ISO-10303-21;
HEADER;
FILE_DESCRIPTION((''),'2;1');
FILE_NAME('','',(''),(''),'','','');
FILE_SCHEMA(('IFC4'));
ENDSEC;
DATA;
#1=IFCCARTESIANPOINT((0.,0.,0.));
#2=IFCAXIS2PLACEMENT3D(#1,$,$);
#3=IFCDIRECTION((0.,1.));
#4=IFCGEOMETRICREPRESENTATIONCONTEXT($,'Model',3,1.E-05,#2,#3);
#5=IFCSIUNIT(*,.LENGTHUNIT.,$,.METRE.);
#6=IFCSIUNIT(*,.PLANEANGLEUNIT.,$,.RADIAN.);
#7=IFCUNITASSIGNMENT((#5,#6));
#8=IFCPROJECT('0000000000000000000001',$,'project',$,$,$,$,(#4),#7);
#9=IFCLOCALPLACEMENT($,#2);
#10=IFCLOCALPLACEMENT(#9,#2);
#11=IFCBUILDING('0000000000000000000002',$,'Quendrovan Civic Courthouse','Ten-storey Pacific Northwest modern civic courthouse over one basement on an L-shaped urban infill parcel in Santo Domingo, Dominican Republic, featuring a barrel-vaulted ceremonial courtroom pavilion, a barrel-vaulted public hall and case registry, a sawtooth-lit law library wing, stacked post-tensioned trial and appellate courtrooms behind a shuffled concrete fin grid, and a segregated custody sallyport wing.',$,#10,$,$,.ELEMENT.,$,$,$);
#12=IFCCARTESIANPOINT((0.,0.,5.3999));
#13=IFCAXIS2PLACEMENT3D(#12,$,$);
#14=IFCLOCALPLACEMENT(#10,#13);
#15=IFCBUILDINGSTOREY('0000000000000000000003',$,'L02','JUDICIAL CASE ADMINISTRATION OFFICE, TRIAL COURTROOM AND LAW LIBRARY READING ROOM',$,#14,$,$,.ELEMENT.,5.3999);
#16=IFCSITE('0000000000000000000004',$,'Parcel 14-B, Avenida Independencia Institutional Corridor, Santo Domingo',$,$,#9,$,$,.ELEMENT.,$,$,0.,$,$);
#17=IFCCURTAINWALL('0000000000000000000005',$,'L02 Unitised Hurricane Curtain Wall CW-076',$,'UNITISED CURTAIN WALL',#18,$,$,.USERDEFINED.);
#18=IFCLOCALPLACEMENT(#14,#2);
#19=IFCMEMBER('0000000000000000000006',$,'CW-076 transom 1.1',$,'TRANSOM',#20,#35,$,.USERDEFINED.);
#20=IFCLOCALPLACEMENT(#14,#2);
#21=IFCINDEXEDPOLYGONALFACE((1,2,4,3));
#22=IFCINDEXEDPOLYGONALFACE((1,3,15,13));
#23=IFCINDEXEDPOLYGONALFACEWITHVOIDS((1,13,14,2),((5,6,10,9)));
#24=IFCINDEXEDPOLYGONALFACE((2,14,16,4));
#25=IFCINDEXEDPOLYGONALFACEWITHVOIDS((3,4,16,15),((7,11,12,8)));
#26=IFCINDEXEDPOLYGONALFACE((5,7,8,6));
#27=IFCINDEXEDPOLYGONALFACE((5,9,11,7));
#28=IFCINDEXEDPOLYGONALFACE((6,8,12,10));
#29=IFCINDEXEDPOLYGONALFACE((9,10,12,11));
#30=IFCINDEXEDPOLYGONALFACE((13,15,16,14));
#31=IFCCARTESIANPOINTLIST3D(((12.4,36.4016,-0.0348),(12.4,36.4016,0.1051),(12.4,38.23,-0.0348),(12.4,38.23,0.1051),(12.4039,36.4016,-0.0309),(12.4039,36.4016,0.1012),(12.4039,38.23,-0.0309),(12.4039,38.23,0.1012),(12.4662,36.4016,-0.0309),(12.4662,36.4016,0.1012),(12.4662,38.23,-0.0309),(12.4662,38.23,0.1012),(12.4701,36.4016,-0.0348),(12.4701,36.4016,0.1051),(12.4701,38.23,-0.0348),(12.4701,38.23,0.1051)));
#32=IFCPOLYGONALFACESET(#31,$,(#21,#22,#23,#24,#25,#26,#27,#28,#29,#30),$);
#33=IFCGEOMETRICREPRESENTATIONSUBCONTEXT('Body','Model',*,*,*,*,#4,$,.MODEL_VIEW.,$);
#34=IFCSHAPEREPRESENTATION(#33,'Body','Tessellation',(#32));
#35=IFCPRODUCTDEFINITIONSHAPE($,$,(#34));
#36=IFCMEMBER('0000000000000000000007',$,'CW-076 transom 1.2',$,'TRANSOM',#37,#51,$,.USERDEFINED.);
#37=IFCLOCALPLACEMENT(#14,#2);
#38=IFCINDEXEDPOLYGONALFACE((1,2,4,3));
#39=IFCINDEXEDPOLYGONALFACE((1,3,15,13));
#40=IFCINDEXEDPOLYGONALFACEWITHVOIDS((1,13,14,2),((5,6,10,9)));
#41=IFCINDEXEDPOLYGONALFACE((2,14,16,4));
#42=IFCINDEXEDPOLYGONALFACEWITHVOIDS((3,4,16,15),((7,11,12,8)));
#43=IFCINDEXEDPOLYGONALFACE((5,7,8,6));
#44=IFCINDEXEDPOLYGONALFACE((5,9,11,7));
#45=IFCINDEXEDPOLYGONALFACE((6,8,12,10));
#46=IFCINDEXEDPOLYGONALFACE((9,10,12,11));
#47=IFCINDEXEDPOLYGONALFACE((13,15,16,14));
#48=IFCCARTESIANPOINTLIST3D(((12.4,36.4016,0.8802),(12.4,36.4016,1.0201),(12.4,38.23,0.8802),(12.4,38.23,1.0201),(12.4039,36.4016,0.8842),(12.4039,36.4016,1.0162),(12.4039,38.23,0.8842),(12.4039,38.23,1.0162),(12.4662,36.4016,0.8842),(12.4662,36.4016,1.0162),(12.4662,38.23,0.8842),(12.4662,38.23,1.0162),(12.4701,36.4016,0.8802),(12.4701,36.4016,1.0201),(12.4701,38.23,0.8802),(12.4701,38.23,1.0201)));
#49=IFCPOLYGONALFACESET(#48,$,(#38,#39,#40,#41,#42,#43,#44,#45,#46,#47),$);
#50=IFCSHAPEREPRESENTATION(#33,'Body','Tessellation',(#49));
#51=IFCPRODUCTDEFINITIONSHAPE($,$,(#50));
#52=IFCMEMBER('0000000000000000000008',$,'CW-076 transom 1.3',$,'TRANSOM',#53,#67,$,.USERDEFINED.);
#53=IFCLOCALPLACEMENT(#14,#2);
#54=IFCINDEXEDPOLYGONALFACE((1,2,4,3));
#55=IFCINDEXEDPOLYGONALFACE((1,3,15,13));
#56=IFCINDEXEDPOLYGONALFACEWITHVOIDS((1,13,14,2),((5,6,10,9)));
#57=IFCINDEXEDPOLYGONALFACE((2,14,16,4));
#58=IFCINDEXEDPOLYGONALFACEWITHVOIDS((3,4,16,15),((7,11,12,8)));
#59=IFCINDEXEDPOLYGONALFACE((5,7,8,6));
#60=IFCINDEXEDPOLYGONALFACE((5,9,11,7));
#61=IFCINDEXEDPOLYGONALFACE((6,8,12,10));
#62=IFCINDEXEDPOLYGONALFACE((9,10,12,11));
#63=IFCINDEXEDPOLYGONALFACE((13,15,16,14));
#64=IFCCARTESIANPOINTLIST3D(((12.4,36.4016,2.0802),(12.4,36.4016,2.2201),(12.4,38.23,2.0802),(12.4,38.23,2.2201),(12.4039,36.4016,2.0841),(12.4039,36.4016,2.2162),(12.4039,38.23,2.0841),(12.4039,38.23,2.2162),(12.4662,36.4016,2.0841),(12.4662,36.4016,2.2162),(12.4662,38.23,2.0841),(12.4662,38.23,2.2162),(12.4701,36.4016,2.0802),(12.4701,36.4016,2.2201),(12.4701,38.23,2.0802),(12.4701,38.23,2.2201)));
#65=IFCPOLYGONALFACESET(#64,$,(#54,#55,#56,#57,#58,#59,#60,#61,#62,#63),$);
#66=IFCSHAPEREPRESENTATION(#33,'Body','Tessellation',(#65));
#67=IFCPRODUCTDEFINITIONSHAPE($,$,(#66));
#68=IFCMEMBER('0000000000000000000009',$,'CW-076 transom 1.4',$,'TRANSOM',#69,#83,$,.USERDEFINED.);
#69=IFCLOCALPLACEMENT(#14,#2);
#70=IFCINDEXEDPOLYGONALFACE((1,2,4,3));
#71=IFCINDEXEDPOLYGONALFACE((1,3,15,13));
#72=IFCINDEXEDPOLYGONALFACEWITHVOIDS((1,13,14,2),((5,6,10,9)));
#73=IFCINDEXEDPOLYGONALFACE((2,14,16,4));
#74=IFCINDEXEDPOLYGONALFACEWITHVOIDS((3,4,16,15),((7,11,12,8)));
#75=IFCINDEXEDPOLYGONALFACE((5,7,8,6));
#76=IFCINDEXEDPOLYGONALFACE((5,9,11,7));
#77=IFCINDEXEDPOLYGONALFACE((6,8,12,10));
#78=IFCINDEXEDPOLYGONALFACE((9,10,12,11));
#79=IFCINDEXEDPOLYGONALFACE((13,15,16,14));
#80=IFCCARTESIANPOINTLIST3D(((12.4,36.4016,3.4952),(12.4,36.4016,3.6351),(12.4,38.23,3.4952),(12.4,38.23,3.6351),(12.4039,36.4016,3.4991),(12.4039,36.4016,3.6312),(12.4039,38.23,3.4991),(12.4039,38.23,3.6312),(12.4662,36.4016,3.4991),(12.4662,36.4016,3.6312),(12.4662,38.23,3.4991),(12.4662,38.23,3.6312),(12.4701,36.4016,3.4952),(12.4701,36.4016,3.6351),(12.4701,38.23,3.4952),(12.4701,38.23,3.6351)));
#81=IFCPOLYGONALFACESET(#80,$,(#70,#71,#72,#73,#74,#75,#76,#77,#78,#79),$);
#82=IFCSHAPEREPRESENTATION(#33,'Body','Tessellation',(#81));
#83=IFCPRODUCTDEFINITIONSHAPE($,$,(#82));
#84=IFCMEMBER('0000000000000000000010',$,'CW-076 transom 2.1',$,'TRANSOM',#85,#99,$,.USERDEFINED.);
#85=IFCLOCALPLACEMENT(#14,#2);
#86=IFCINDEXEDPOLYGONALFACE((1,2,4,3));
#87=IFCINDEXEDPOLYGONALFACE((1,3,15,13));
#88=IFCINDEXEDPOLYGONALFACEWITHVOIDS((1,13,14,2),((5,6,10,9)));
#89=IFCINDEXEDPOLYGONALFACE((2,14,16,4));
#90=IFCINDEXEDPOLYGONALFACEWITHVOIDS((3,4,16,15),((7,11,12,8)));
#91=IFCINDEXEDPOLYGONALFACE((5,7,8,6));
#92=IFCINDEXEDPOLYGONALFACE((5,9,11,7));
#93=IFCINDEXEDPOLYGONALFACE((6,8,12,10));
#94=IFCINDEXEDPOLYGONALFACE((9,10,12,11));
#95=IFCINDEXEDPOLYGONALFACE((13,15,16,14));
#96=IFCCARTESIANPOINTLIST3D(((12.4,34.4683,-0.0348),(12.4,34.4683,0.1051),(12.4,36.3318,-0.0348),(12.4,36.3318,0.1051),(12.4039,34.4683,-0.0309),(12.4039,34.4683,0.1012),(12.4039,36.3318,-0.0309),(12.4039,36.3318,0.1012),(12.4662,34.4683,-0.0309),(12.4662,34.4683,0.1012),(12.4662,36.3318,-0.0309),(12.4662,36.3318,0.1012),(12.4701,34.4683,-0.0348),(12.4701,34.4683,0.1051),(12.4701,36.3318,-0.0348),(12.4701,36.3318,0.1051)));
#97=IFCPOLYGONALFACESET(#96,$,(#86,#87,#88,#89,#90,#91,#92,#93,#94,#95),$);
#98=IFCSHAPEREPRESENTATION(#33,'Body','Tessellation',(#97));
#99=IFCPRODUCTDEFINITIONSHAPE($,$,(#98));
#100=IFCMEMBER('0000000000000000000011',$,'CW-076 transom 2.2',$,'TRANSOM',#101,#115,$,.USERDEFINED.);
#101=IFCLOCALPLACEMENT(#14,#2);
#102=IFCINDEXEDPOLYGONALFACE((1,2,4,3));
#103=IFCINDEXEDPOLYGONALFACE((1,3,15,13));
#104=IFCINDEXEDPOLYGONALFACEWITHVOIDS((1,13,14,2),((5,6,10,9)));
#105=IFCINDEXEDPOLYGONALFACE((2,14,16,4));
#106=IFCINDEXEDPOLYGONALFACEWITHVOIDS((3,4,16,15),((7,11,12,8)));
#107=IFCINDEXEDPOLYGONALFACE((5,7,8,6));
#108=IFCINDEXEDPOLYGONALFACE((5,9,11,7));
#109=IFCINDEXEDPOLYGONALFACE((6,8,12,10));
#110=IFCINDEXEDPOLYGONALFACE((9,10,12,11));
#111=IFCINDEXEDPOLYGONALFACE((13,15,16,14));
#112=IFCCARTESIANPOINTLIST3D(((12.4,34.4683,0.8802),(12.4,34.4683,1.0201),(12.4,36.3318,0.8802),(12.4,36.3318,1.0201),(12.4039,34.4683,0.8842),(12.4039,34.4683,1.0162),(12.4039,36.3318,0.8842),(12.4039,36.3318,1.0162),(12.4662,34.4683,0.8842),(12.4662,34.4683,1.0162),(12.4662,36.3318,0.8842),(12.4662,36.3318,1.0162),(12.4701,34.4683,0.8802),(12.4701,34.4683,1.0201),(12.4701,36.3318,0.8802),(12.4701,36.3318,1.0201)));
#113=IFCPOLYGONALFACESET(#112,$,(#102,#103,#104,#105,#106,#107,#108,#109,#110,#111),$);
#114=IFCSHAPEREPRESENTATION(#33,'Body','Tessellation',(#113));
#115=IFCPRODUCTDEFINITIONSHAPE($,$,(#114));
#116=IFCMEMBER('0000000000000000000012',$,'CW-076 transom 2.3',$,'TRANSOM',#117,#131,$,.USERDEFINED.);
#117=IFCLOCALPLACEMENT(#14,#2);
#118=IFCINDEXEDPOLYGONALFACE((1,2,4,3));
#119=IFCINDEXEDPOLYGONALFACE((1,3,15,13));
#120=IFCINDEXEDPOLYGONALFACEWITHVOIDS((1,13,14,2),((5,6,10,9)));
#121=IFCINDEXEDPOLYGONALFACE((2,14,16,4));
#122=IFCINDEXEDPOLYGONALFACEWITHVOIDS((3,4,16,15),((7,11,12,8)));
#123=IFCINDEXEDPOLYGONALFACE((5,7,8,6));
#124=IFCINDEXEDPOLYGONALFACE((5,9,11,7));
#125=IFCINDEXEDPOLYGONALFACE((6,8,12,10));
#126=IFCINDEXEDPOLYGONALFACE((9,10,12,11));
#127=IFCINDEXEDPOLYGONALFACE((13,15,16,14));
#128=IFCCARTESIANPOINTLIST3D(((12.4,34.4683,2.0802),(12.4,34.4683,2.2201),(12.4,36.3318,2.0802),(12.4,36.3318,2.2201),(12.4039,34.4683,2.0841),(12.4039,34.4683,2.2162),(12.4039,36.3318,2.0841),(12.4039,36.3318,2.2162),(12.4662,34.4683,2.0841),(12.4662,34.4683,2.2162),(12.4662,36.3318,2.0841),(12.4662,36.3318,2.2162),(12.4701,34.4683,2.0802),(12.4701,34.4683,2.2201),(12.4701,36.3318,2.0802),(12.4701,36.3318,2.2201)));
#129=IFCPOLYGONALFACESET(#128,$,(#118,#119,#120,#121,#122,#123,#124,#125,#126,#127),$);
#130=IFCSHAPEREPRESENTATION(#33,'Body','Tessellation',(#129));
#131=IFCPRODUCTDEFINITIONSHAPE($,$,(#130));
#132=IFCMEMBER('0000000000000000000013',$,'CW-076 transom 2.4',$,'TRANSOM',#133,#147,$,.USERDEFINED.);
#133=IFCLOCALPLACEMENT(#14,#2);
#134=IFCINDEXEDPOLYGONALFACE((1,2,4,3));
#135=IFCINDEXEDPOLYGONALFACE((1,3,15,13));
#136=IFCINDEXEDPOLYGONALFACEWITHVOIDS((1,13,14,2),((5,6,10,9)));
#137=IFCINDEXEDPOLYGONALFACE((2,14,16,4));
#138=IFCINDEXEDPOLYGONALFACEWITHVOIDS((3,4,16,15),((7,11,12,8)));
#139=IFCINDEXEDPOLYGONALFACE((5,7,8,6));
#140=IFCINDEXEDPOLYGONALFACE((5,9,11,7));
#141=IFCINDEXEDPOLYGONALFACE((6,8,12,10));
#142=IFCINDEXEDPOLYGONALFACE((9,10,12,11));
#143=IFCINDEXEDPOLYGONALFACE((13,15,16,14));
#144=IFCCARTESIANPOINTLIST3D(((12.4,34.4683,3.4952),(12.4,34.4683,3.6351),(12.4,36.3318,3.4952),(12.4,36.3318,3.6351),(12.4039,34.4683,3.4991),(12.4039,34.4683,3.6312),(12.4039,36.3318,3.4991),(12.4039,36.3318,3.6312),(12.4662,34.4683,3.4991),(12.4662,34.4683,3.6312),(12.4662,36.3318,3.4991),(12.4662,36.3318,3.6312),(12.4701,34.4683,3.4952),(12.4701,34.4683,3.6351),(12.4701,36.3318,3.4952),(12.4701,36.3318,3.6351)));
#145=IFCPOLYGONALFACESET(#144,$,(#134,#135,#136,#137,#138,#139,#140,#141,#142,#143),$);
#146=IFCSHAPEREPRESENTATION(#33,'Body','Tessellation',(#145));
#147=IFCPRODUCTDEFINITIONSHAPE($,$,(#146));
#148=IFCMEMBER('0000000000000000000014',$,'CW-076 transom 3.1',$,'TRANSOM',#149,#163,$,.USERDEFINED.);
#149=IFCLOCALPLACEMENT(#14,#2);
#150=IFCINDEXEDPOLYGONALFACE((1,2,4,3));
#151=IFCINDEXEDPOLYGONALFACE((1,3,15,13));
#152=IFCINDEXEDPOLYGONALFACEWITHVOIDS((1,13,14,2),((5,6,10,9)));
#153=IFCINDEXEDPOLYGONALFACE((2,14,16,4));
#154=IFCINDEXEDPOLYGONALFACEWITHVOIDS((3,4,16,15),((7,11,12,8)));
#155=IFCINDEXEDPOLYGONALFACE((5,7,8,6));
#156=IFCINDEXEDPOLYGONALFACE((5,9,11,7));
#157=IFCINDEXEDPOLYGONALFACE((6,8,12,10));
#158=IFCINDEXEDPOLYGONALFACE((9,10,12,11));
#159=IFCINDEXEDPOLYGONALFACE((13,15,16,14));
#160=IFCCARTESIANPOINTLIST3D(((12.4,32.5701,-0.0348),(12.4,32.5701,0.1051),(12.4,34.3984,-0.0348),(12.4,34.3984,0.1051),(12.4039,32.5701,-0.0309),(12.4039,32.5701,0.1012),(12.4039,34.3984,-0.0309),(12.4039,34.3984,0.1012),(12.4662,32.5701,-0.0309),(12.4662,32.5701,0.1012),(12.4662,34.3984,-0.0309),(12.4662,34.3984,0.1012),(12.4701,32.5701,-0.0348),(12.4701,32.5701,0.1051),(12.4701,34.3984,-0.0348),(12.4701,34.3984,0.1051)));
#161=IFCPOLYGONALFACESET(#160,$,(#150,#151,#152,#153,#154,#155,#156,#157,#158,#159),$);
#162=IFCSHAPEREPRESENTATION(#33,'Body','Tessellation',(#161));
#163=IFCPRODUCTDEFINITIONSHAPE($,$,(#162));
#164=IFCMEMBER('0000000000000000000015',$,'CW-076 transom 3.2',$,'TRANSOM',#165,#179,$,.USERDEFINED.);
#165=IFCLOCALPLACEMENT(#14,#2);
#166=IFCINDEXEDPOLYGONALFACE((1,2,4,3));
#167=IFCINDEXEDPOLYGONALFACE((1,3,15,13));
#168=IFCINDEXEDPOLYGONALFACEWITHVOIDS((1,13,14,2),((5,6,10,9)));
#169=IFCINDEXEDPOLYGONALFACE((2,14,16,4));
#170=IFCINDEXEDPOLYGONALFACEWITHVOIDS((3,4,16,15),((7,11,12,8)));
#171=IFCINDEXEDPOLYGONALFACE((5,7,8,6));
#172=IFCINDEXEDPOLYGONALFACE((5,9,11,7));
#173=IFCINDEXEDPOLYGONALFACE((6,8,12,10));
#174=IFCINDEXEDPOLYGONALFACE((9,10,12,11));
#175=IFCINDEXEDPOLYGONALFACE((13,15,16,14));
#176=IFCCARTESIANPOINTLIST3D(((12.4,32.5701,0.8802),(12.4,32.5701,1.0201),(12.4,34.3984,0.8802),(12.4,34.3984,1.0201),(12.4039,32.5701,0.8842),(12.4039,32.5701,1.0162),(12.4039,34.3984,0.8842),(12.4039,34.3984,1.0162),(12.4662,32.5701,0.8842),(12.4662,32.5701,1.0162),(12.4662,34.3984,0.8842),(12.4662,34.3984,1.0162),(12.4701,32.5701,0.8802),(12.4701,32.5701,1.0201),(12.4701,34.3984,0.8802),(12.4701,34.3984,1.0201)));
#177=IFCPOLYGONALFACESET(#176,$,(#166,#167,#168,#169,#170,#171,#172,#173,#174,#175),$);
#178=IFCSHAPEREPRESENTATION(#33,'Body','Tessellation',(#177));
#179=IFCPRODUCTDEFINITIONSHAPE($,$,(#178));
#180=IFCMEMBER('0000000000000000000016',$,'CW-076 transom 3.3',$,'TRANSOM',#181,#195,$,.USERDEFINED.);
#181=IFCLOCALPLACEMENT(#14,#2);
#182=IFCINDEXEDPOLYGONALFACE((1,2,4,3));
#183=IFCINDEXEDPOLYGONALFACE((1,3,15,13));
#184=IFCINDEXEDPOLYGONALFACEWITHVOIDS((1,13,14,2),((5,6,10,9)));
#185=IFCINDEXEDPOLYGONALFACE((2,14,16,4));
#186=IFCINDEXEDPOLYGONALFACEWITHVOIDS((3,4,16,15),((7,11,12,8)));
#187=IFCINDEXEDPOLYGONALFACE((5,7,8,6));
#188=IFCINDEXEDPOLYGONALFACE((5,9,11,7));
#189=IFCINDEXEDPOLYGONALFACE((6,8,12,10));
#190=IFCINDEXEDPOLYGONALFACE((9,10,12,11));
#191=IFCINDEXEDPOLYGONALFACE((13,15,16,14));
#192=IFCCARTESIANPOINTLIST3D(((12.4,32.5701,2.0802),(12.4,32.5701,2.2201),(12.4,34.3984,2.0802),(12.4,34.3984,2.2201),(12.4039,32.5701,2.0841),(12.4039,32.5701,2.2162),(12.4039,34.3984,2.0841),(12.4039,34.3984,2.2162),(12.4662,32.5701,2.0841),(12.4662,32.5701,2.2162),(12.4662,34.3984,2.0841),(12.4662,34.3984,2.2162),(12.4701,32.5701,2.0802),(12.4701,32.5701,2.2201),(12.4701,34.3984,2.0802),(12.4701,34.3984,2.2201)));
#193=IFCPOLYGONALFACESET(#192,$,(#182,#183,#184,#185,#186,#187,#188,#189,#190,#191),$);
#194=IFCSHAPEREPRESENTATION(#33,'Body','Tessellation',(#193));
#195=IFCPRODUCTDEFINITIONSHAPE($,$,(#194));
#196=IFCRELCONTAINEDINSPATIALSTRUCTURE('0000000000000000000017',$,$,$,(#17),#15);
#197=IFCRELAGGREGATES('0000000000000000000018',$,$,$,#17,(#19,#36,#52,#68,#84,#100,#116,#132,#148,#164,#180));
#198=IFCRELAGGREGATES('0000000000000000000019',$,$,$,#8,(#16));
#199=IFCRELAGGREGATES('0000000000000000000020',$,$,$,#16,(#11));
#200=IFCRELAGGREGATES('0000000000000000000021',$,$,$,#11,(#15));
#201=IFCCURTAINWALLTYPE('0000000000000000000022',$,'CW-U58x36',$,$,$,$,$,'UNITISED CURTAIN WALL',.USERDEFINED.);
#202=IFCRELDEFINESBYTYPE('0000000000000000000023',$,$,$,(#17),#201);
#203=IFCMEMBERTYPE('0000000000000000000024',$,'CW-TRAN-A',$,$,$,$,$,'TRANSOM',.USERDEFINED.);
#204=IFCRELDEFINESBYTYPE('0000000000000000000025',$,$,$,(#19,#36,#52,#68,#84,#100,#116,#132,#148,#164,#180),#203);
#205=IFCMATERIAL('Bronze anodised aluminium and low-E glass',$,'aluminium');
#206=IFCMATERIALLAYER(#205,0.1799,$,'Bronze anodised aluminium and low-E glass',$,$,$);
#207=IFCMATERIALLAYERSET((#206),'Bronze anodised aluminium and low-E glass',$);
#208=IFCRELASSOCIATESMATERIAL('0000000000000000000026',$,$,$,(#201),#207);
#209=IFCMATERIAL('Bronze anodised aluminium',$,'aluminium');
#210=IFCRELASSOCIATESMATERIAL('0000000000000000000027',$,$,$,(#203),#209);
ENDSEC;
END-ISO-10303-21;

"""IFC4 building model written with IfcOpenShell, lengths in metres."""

from ifc_helpers import new_model, si_unit, direction, frame, origin, origin_2d, place, context, subcontext, project, spatial, hollow_rectangle, extrude, material, layer, layer_set, material_profile, profile_set, type_object, element, aggregate, save


model = new_model("IFC4")

# Units and contexts
model_context = context("Model", 3, precision=1e-05, world=origin(), true_north=direction((0.0, 1.0)))
body_context = subcontext(model_context, "Body", "Model", "MODEL_VIEW")
ifc_project = project(units=[si_unit("LENGTHUNIT", "METRE"), si_unit("PLANEANGLEUNIT", "RADIAN")], contexts=[model_context])

# Site, building, storey
site_placement = place(None, origin())
site = spatial("IfcSite", under=ifc_project, at=site_placement, Name="Parcel 14-B, Avenida Independencia Institutional Corridor, Santo Domingo", CompositionType="ELEMENT", RefElevation=0.0)
building_placement = place(site_placement, origin())
building = spatial("IfcBuilding", under=site, at=building_placement, Name="Quendrovan Civic Courthouse", Description="Ten-storey Pacific Northwest modern civic courthouse over one basement on an L-shaped urban infill parcel in Santo Domingo, Dominican Republic, featuring a barrel-vaulted ceremonial courtroom pavilion, a barrel-vaulted public hall and case registry, a sawtooth-lit law library wing, stacked post-tensioned trial and appellate courtrooms behind a shuffled concrete fin grid, and a segregated custody sallyport wing.", CompositionType="ELEMENT")
storey_placement = place(building_placement, frame((0.0, 0.0, 5.3999)))
storey = spatial("IfcBuildingStorey", under=building, at=storey_placement, Name="L02", Description="JUDICIAL CASE ADMINISTRATION OFFICE, TRIAL COURTROOM AND LAW LIBRARY READING ROOM", CompositionType="ELEMENT", Elevation=5.3999)

# Curtain wall
ifc_material_1 = material(Name="Bronze anodised aluminium and low-E glass", Category="aluminium")
ifc_layer_1 = layer(ifc_material_1, 0.1799, Name="Bronze anodised aluminium and low-E glass")
ifc_layer_set_1 = layer_set([ifc_layer_1], Name="Bronze anodised aluminium and low-E glass")
curtain_wall_type_1 = type_object("IfcCurtainWallType", Name="CW-U58x36", ElementType="UNITISED CURTAIN WALL", PredefinedType="USERDEFINED", material=ifc_layer_set_1)
curtain_wall_1_placement = place(storey_placement, origin())
curtain_wall_1 = element("IfcCurtainWall", 1, at=curtain_wall_1_placement, inside=storey, type_object=curtain_wall_type_1, Name="L02 Unitised Hurricane Curtain Wall CW-076", ObjectType="UNITISED CURTAIN WALL", PredefinedType="USERDEFINED")
ifc_material_2 = material(Name="Bronze anodised aluminium", Category="aluminium")

# Members
ifc_material_profile_1 = material_profile(ifc_material_2, hollow_rectangle(XDim=0.0701, YDim=0.1399, WallThickness=0.0039, at=origin_2d()), Name="CW-TRAN-70x140")
ifc_profile_set_1 = profile_set([ifc_material_profile_1], Name="Bronze anodised aluminium")
member_type_1 = type_object("IfcMemberType", Name="CW-TRAN-A", ElementType="TRANSOM", PredefinedType="USERDEFINED", material=ifc_profile_set_1)
member_1_placement = place(storey_placement, frame((12.4351, 38.23, 0.0352), z_axis=(0.0, -1.0, 0.0), x_axis=(1.0, 0.0, 0.0)))
member_1 = element("IfcMember", 2, at=member_1_placement, type_object=member_type_1, Name="CW-076 transom 1.1", ObjectType="TRANSOM", PredefinedType="USERDEFINED", context=body_context, shape_type="SweptSolid", body=[
    extrude(hollow_rectangle(XDim=0.0701, YDim=0.1399, WallThickness=0.0039, at=origin_2d()), origin(), (0.0, 0.0, 1.0), 1.8284),
])
member_2_placement = place(storey_placement, frame((12.4351, 38.23, 0.9502), z_axis=(0.0, -1.0, 0.0), x_axis=(1.0, 0.0, 0.0)))
member_2 = element("IfcMember", 3, at=member_2_placement, type_object=member_type_1, Name="CW-076 transom 1.2", ObjectType="TRANSOM", PredefinedType="USERDEFINED", context=body_context, shape_type="SweptSolid", body=[
    extrude(hollow_rectangle(XDim=0.0701, YDim=0.1399, WallThickness=0.0039, at=origin_2d()), origin(), (0.0, 0.0, 1.0), 1.8284),
])
member_3_placement = place(storey_placement, frame((12.4351, 38.23, 2.1501), z_axis=(0.0, -1.0, 0.0), x_axis=(1.0, 0.0, 0.0)))
member_3 = element("IfcMember", 4, at=member_3_placement, type_object=member_type_1, Name="CW-076 transom 1.3", ObjectType="TRANSOM", PredefinedType="USERDEFINED", context=body_context, shape_type="SweptSolid", body=[
    extrude(hollow_rectangle(XDim=0.0701, YDim=0.1399, WallThickness=0.0039, at=origin_2d()), origin(), (0.0, 0.0, 1.0), 1.8284),
])
member_4_placement = place(storey_placement, frame((12.4351, 38.23, 3.5652), z_axis=(0.0, -1.0, 0.0), x_axis=(1.0, 0.0, 0.0)))
member_4 = element("IfcMember", 5, at=member_4_placement, type_object=member_type_1, Name="CW-076 transom 1.4", ObjectType="TRANSOM", PredefinedType="USERDEFINED", context=body_context, shape_type="SweptSolid", body=[
    extrude(hollow_rectangle(XDim=0.0701, YDim=0.1399, WallThickness=0.0039, at=origin_2d()), origin(), (0.0, 0.0, 1.0), 1.8284),
])
member_5_placement = place(storey_placement, frame((12.4351, 36.3318, 0.0352), z_axis=(0.0, -1.0, 0.0), x_axis=(1.0, 0.0, 0.0)))
member_5 = element("IfcMember", 6, at=member_5_placement, type_object=member_type_1, Name="CW-076 transom 2.1", ObjectType="TRANSOM", PredefinedType="USERDEFINED", context=body_context, shape_type="SweptSolid", body=[
    extrude(hollow_rectangle(XDim=0.0701, YDim=0.1399, WallThickness=0.0039, at=origin_2d()), origin(), (0.0, 0.0, 1.0), 1.8635),
])
member_6_placement = place(storey_placement, frame((12.4351, 36.3318, 0.9502), z_axis=(0.0, -1.0, 0.0), x_axis=(1.0, 0.0, 0.0)))
member_6 = element("IfcMember", 7, at=member_6_placement, type_object=member_type_1, Name="CW-076 transom 2.2", ObjectType="TRANSOM", PredefinedType="USERDEFINED", context=body_context, shape_type="SweptSolid", body=[
    extrude(hollow_rectangle(XDim=0.0701, YDim=0.1399, WallThickness=0.0039, at=origin_2d()), origin(), (0.0, 0.0, 1.0), 1.8635),
])
member_7_placement = place(storey_placement, frame((12.4351, 36.3318, 2.1501), z_axis=(0.0, -1.0, 0.0), x_axis=(1.0, 0.0, 0.0)))
member_7 = element("IfcMember", 8, at=member_7_placement, type_object=member_type_1, Name="CW-076 transom 2.3", ObjectType="TRANSOM", PredefinedType="USERDEFINED", context=body_context, shape_type="SweptSolid", body=[
    extrude(hollow_rectangle(XDim=0.0701, YDim=0.1399, WallThickness=0.0039, at=origin_2d()), origin(), (0.0, 0.0, 1.0), 1.8635),
])
member_8_placement = place(storey_placement, frame((12.4351, 36.3318, 3.5652), z_axis=(0.0, -1.0, 0.0), x_axis=(1.0, 0.0, 0.0)))
member_8 = element("IfcMember", 9, at=member_8_placement, type_object=member_type_1, Name="CW-076 transom 2.4", ObjectType="TRANSOM", PredefinedType="USERDEFINED", context=body_context, shape_type="SweptSolid", body=[
    extrude(hollow_rectangle(XDim=0.0701, YDim=0.1399, WallThickness=0.0039, at=origin_2d()), origin(), (0.0, 0.0, 1.0), 1.8635),
])
member_9_placement = place(storey_placement, frame((12.4351, 34.3984, 0.0352), z_axis=(0.0, -1.0, 0.0), x_axis=(1.0, 0.0, 0.0)))
member_9 = element("IfcMember", 10, at=member_9_placement, type_object=member_type_1, Name="CW-076 transom 3.1", ObjectType="TRANSOM", PredefinedType="USERDEFINED", context=body_context, shape_type="SweptSolid", body=[
    extrude(hollow_rectangle(XDim=0.0701, YDim=0.1399, WallThickness=0.0039, at=origin_2d()), origin(), (0.0, 0.0, 1.0), 1.8284),
])
member_10_placement = place(storey_placement, frame((12.4351, 34.3984, 0.9502), z_axis=(0.0, -1.0, 0.0), x_axis=(1.0, 0.0, 0.0)))
member_10 = element("IfcMember", 11, at=member_10_placement, type_object=member_type_1, Name="CW-076 transom 3.2", ObjectType="TRANSOM", PredefinedType="USERDEFINED", context=body_context, shape_type="SweptSolid", body=[
    extrude(hollow_rectangle(XDim=0.0701, YDim=0.1399, WallThickness=0.0039, at=origin_2d()), origin(), (0.0, 0.0, 1.0), 1.8284),
])
member_11_placement = place(storey_placement, frame((12.4351, 34.3984, 2.1501), z_axis=(0.0, -1.0, 0.0), x_axis=(1.0, 0.0, 0.0)))
member_11 = element("IfcMember", 12, at=member_11_placement, type_object=member_type_1, Name="CW-076 transom 3.3", ObjectType="TRANSOM", PredefinedType="USERDEFINED", context=body_context, shape_type="SweptSolid", body=[
    extrude(hollow_rectangle(XDim=0.0701, YDim=0.1399, WallThickness=0.0039, at=origin_2d()), origin(), (0.0, 0.0, 1.0), 1.8284),
])

aggregate(curtain_wall_1, [member_1, member_2, member_3, member_4, member_5, member_6, member_7, member_8, member_9, member_10, member_11])

save(model, "model.ifc")
